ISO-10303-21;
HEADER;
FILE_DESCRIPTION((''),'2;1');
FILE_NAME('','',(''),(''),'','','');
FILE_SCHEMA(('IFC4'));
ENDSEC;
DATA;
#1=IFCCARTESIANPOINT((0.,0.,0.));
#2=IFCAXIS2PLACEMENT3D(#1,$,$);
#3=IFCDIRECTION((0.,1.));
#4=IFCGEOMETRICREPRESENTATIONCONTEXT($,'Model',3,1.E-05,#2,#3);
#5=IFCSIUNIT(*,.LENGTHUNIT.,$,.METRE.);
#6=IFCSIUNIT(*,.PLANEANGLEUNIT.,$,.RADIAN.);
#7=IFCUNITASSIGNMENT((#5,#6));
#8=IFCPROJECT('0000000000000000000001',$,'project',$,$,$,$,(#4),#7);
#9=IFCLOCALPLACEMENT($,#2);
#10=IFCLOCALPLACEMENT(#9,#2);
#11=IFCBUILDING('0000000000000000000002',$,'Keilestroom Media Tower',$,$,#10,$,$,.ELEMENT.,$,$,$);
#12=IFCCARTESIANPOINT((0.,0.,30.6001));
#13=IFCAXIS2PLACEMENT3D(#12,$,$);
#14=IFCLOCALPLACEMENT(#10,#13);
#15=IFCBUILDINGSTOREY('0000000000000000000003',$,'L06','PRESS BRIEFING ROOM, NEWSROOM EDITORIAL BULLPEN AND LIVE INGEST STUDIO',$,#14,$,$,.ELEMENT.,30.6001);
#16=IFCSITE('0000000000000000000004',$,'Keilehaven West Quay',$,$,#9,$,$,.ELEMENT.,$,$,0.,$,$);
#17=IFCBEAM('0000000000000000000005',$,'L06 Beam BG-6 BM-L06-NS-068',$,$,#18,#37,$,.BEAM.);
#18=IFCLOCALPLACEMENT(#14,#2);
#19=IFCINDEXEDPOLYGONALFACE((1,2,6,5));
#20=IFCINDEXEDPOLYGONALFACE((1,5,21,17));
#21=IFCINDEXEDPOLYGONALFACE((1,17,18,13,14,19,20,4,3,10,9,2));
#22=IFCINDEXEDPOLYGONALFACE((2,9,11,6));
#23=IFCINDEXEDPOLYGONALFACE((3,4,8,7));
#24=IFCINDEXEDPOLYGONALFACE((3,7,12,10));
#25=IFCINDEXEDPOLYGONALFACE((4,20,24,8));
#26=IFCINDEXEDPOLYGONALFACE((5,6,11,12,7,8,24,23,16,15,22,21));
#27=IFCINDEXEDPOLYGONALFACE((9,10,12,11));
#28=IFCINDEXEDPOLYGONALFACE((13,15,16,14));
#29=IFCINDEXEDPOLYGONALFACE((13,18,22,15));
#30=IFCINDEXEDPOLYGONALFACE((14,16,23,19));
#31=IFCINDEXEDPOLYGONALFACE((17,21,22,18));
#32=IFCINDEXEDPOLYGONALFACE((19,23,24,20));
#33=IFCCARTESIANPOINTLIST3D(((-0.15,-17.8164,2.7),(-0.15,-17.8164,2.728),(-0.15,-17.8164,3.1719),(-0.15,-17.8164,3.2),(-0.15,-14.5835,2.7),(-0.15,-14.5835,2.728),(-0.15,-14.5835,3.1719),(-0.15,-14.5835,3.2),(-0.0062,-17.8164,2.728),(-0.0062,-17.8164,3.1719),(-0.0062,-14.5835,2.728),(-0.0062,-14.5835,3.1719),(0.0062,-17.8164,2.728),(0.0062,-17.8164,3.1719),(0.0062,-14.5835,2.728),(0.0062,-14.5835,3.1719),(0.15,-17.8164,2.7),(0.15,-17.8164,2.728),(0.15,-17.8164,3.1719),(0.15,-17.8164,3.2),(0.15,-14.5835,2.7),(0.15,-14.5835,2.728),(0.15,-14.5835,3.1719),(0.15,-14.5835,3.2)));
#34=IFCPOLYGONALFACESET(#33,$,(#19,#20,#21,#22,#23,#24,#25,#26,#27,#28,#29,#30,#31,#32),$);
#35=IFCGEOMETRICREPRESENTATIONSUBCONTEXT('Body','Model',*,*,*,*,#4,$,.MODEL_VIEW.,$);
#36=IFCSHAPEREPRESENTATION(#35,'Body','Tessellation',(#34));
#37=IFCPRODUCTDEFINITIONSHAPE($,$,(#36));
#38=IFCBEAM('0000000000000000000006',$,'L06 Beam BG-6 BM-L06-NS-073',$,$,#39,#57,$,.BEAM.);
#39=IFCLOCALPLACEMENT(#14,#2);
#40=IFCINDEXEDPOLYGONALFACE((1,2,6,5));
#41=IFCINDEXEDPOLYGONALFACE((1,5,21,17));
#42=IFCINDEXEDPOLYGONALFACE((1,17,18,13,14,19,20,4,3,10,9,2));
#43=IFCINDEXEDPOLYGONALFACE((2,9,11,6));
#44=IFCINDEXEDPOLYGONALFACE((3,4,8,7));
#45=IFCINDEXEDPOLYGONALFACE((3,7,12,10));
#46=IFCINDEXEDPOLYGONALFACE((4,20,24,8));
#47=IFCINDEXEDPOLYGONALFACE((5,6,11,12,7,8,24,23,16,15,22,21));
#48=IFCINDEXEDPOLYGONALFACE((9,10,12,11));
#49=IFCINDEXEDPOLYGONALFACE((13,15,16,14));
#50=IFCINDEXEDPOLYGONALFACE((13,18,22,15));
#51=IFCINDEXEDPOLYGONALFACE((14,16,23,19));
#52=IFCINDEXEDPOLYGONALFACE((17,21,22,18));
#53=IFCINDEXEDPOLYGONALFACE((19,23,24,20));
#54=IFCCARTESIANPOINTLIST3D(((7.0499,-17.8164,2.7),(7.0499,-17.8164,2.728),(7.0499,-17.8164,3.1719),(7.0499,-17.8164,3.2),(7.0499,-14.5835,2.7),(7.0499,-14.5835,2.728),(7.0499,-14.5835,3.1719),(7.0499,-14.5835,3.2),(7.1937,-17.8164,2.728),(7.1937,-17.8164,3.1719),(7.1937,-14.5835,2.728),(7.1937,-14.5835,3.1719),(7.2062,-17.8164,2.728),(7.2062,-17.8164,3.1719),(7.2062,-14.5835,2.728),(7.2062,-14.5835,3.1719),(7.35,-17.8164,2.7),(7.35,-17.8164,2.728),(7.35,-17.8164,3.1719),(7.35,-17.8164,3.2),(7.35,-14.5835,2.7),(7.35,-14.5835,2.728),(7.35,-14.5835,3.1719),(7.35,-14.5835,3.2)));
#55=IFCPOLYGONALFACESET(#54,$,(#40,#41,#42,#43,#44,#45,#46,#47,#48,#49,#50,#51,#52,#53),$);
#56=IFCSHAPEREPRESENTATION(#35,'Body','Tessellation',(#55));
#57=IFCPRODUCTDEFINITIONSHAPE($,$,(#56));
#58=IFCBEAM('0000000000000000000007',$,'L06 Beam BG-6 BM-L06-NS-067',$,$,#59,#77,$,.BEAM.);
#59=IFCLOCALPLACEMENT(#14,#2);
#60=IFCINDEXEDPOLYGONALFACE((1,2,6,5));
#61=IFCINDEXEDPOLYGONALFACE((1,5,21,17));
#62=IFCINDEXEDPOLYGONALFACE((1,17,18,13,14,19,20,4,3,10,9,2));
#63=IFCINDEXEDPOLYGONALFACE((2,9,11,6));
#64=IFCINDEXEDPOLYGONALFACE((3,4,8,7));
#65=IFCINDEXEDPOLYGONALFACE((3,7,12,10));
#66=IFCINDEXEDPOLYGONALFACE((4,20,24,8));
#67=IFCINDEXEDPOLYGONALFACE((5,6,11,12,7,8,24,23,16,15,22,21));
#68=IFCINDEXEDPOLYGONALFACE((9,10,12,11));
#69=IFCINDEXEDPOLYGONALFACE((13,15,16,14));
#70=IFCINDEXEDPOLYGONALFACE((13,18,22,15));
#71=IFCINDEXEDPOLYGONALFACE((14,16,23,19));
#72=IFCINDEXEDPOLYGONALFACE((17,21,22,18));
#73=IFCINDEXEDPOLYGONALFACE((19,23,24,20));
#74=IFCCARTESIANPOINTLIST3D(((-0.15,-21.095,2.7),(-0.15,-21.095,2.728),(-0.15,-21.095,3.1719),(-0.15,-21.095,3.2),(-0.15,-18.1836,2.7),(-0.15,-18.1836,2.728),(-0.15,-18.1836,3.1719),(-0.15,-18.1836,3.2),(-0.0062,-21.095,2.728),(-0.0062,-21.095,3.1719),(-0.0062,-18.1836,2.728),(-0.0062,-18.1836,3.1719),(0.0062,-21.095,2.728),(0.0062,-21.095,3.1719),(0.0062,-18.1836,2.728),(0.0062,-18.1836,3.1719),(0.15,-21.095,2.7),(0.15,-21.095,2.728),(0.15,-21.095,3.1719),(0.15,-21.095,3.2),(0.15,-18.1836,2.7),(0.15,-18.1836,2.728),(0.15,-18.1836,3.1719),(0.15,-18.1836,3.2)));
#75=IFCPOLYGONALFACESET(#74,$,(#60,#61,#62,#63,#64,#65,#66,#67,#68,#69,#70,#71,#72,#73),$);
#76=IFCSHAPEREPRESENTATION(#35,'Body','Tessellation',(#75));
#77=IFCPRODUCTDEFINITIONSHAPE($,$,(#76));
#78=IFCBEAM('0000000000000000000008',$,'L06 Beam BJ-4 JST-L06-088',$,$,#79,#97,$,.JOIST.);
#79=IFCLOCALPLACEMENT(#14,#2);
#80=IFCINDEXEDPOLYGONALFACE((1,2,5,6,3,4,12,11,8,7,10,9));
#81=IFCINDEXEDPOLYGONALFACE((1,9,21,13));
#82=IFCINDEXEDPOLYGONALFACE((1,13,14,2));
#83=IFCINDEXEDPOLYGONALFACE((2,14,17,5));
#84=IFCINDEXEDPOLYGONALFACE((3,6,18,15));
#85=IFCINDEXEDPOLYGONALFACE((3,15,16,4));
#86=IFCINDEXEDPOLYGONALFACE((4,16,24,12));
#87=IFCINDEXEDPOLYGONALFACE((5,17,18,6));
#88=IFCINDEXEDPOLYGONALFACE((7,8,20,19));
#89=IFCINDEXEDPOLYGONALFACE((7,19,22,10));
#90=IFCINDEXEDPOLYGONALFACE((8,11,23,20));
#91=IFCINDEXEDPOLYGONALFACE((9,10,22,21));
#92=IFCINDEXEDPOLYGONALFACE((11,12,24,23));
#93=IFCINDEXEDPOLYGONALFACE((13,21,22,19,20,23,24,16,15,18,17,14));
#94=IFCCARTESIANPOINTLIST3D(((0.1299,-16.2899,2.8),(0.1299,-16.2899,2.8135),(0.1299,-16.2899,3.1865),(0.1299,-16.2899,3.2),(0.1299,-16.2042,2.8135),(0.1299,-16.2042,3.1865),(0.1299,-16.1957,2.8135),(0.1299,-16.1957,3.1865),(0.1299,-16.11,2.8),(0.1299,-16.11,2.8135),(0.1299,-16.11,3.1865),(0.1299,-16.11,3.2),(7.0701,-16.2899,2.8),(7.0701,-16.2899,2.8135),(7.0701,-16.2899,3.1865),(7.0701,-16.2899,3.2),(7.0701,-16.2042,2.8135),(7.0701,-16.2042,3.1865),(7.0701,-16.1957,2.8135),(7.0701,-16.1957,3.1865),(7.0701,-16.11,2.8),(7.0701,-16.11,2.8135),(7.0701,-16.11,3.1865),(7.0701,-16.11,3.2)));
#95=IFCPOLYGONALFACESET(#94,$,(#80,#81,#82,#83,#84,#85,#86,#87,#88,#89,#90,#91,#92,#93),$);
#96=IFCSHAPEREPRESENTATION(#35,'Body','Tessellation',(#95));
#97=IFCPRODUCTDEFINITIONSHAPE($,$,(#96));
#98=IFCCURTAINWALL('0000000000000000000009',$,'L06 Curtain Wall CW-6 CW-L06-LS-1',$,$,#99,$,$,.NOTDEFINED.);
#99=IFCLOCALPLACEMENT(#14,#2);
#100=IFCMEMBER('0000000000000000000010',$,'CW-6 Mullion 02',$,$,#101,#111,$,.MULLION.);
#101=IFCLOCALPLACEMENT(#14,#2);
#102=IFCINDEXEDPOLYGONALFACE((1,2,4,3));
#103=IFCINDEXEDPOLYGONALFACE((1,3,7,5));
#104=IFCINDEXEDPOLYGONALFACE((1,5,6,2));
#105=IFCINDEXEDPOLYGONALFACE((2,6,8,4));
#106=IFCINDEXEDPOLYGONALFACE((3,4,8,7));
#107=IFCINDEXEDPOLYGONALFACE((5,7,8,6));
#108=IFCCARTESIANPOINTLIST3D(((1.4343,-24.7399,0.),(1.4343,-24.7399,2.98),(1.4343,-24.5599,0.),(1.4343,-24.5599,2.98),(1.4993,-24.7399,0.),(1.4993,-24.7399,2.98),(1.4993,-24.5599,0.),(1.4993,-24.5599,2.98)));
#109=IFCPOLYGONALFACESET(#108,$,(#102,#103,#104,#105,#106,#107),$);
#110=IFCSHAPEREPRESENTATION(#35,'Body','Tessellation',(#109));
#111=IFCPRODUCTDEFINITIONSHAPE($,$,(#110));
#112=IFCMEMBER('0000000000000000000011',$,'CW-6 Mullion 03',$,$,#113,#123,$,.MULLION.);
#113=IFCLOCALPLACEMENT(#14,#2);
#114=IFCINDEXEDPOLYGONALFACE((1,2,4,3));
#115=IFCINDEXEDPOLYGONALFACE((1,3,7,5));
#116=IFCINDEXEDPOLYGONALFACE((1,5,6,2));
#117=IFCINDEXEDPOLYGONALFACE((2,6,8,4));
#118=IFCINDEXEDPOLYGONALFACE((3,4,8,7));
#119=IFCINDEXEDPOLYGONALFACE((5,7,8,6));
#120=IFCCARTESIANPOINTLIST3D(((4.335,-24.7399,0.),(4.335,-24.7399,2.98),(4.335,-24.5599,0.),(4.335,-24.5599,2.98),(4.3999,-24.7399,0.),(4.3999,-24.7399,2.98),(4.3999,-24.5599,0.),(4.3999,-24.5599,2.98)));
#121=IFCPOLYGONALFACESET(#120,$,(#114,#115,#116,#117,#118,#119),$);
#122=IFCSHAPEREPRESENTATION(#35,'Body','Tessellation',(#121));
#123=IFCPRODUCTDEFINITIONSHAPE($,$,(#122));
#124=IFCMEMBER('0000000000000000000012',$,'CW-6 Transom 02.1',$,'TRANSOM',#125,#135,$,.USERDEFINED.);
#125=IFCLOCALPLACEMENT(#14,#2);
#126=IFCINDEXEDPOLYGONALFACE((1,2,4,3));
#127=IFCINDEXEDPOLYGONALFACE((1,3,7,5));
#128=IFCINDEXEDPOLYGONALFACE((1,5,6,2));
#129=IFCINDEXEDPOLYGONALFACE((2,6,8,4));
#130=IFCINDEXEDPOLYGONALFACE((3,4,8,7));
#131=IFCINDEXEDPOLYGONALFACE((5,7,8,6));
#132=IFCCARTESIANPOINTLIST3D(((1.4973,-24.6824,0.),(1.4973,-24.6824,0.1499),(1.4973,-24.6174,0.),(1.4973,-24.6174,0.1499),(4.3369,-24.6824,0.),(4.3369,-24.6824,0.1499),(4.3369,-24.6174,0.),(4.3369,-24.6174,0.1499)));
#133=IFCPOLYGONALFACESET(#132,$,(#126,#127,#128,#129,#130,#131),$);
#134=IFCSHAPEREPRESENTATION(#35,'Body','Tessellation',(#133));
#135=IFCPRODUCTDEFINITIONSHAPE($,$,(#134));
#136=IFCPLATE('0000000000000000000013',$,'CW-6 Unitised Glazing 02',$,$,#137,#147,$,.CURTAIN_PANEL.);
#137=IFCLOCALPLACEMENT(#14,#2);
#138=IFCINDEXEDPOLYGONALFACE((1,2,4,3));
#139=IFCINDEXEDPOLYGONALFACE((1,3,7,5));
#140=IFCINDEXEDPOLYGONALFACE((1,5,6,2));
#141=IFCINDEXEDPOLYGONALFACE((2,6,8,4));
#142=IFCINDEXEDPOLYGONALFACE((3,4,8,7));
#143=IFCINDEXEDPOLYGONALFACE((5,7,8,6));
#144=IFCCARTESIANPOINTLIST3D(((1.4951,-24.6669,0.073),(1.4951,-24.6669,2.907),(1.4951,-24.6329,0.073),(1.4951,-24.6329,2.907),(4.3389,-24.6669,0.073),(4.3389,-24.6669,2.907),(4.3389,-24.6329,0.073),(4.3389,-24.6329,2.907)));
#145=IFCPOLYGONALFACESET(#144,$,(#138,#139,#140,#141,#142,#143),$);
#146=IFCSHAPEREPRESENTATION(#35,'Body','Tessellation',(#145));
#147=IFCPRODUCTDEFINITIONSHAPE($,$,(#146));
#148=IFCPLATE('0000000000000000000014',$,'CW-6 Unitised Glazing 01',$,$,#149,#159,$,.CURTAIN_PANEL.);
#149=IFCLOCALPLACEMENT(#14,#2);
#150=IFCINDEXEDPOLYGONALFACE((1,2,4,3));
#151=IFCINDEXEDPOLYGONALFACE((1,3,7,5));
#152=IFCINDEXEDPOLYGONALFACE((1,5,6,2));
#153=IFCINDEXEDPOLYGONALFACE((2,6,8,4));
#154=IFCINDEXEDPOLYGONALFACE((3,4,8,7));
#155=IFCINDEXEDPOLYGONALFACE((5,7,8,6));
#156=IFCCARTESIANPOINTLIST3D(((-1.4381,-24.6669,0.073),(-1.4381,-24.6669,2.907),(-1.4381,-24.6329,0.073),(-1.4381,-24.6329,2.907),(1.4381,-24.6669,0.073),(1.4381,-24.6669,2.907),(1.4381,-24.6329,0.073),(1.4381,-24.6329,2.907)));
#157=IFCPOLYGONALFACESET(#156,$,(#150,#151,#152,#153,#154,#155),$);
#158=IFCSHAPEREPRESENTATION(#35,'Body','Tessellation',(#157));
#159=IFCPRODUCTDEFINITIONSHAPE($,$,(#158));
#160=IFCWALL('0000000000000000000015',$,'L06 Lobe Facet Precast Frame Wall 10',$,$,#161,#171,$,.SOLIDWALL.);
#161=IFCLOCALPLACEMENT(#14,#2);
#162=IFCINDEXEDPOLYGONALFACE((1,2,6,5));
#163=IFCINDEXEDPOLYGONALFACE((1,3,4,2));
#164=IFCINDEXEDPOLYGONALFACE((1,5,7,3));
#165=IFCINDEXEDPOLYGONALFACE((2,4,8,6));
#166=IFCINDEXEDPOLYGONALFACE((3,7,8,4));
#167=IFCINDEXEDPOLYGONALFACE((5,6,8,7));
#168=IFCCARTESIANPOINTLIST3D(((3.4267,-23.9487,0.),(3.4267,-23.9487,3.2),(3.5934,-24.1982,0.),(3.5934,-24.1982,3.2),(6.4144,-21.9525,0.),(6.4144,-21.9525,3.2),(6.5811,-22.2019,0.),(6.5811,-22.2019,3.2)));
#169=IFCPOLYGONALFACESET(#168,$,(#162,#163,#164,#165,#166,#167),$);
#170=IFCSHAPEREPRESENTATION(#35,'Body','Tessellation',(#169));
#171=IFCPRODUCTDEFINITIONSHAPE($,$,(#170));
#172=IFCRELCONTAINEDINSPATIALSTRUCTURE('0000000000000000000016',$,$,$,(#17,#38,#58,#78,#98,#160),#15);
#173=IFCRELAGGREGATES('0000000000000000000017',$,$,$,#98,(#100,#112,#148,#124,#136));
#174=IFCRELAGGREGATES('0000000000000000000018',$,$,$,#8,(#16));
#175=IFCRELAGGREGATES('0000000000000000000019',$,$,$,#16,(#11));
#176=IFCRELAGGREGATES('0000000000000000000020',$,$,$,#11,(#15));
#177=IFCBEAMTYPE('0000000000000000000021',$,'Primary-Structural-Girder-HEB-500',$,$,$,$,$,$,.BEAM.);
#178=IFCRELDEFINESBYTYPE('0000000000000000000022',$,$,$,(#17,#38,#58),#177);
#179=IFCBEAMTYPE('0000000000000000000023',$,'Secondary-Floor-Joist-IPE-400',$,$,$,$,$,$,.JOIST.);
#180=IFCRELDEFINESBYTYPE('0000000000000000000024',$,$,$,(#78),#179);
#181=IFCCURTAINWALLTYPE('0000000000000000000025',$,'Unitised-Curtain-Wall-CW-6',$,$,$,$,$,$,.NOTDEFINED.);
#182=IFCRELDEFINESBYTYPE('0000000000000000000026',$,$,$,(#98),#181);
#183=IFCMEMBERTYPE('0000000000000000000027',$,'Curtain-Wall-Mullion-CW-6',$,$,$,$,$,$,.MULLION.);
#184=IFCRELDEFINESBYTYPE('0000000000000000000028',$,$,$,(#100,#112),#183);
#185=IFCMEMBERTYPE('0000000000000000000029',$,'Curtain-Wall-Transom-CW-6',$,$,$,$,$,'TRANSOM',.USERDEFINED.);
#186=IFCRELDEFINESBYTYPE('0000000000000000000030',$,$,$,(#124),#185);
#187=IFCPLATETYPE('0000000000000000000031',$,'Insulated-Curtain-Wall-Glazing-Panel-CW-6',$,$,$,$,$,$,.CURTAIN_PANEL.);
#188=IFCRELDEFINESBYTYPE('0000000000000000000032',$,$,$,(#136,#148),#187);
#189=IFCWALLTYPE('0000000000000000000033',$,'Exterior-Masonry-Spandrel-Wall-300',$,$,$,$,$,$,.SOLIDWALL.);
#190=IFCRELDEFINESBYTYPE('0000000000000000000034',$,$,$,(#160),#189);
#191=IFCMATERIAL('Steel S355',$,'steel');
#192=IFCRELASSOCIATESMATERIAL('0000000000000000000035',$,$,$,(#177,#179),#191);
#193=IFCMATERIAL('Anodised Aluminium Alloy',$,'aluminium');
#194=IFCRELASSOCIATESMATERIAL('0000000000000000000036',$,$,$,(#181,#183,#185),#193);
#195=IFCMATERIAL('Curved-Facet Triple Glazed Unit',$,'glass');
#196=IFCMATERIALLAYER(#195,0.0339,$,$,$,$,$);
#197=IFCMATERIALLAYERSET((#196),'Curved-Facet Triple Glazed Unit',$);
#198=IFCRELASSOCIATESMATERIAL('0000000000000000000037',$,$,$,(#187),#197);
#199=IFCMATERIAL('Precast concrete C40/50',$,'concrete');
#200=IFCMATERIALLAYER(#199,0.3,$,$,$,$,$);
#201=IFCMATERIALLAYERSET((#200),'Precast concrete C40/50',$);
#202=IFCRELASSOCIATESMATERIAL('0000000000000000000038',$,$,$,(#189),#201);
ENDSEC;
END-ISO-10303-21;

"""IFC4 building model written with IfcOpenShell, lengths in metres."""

from ifc_helpers import new_model, si_unit, direction, frame, frame_2d, origin, origin_2d, place, context, subcontext, project, spatial, rectangle, i_section, extrude, source, transform, mapped, material, layer, layer_set, material_profile, profile_set, type_object, element, aggregate, save


model = new_model("IFC4")

# Units and contexts
model_context = context("Model", 3, precision=1e-05, world=origin(), true_north=direction((0.0, 1.0)))
body_context = subcontext(model_context, "Body", "Model", "MODEL_VIEW")
ifc_project = project(units=[si_unit("LENGTHUNIT", "METRE"), si_unit("PLANEANGLEUNIT", "RADIAN")], contexts=[model_context])

# Site, building, storey
site_placement = place(None, origin())
site = spatial("IfcSite", under=ifc_project, at=site_placement, Name="Keilehaven West Quay", CompositionType="ELEMENT", RefElevation=0.0)
building_placement = place(site_placement, origin())
building = spatial("IfcBuilding", under=site, at=building_placement, Name="Keilestroom Media Tower", CompositionType="ELEMENT")
storey_placement = place(building_placement, frame((0.0, 0.0, 30.6001)))
storey = spatial("IfcBuildingStorey", under=building, at=storey_placement, Name="L06", Description="PRESS BRIEFING ROOM, NEWSROOM EDITORIAL BULLPEN AND LIVE INGEST STUDIO", CompositionType="ELEMENT", Elevation=30.6001)

# Beams
ifc_material_1 = material(Name="Steel S355", Category="steel")
ifc_material_profile_1 = material_profile(ifc_material_1, i_section(OverallWidth=0.3, OverallDepth=0.5, WebThickness=0.0125, FlangeThickness=0.0281, at=origin_2d()), Name="HEB 500")
ifc_profile_set_1 = profile_set([ifc_material_profile_1], Name="Steel S355")
beam_type_1 = type_object("IfcBeamType", Name="Primary-Structural-Girder-HEB-500", PredefinedType="BEAM", material=ifc_profile_set_1)
shared_shape_1 = source(origin(), body_context, "Body", "SweptSolid", [
    extrude(i_section(OverallWidth=0.3, OverallDepth=0.5, WebThickness=0.0125, FlangeThickness=0.0281, at=origin_2d()), origin(), (0.0, 0.0, 1.0), 3.2329),
])
for number, where, z_axis, x_axis, name in (
    (1, (0.0, -17.8164, 2.95), (0.0, 1.0, 0.0), (-1.0, 0.0, 0.0), "L06 Beam BG-6 BM-L06-NS-068"),
    (2, (7.2, -17.8164, 2.95), (0.0, 1.0, 0.0), (-1.0, 0.0, 0.0), "L06 Beam BG-6 BM-L06-NS-073"),
):
    element("IfcBeam", number, at=place(storey_placement, frame(where, z_axis=z_axis, x_axis=x_axis)), inside=storey, type_object=beam_type_1, Name=name, PredefinedType="BEAM", context=body_context, shape_type="MappedRepresentation", body=[
        mapped(shared_shape_1, transform((0.0, 0.0, 0.0), x_axis=(1.0, 0.0, 0.0), y_axis=(0.0, 1.0, 0.0), z_axis=(0.0, 0.0, 1.0), scale=1.0)),
    ])
shared_shape_2 = source(origin(), body_context, "Body", "SweptSolid", [
    extrude(i_section(OverallWidth=0.3, OverallDepth=0.5, WebThickness=0.0125, FlangeThickness=0.0281, at=origin_2d()), origin(), (0.0, 0.0, 1.0), 2.9114),
])
beam_1_placement = place(storey_placement, frame((0.0, -21.095, 2.95), z_axis=(0.0, 1.0, 0.0), x_axis=(-1.0, 0.0, 0.0)))
element("IfcBeam", 3, at=beam_1_placement, inside=storey, type_object=beam_type_1, Name="L06 Beam BG-6 BM-L06-NS-067", PredefinedType="BEAM", context=body_context, shape_type="MappedRepresentation", body=[
    mapped(shared_shape_2, transform((0.0, 0.0, 0.0), x_axis=(1.0, 0.0, 0.0), y_axis=(0.0, 1.0, 0.0), z_axis=(0.0, 0.0, 1.0), scale=1.0)),
])
ifc_material_profile_2 = material_profile(ifc_material_1, i_section(OverallWidth=0.1799, OverallDepth=0.3999, WebThickness=0.0085, FlangeThickness=0.0134, at=origin_2d()), Name="IPE 400")
ifc_profile_set_2 = profile_set([ifc_material_profile_2], Name="Steel S355")
beam_type_2 = type_object("IfcBeamType", Name="Secondary-Floor-Joist-IPE-400", PredefinedType="JOIST", material=ifc_profile_set_2)
shared_shape_3 = source(origin(), body_context, "Body", "SweptSolid", [
    extrude(i_section(OverallWidth=0.1799, OverallDepth=0.3999, WebThickness=0.0085, FlangeThickness=0.0134, at=origin_2d()), origin(), (0.0, 0.0, 1.0), 6.9402),
])
beam_2_placement = place(storey_placement, frame((0.1299, -16.2, 3.0), z_axis=(1.0, 0.0, 0.0), x_axis=(0.0, 1.0, 0.0)))
element("IfcBeam", 4, at=beam_2_placement, inside=storey, type_object=beam_type_2, Name="L06 Beam BJ-4 JST-L06-088", PredefinedType="JOIST", context=body_context, shape_type="MappedRepresentation", body=[
    mapped(shared_shape_3, transform((0.0, 0.0, 0.0), x_axis=(1.0, 0.0, 0.0), y_axis=(0.0, 1.0, 0.0), z_axis=(0.0, 0.0, 1.0), scale=1.0)),
])

# Curtain wall, members, plates
ifc_material_2 = material(Name="Anodised Aluminium Alloy", Category="aluminium")
curtain_wall_type = type_object("IfcCurtainWallType", Name="Unitised-Curtain-Wall-CW-6", PredefinedType="NOTDEFINED", material=ifc_material_2)
curtain_wall_placement = place(storey_placement, origin())
curtain_wall = element("IfcCurtainWall", 5, at=curtain_wall_placement, inside=storey, type_object=curtain_wall_type, Name="L06 Curtain Wall CW-6 CW-L06-LS-1", PredefinedType="NOTDEFINED")
ifc_material_profile_3 = material_profile(ifc_material_2, rectangle(XDim=0.0649, YDim=0.1799, at=origin_2d()), Name="ALU MULLION 65x180")
ifc_profile_set_3 = profile_set([ifc_material_profile_3], Name="Anodised Aluminium Alloy")
member_type_1 = type_object("IfcMemberType", Name="Curtain-Wall-Mullion-CW-6", PredefinedType="MULLION", material=ifc_profile_set_3)
shared_shape_4 = source(origin(), body_context, "Body", "SweptSolid", [
    extrude(rectangle(XDim=0.0649, YDim=0.1799, at=origin_2d()), origin(), (0.0, 0.0, 1.0), 2.98),
])
member_1_placement = place(storey_placement, frame((1.4668, -24.6499, 0.0), z_axis=(0.0, 0.0, 1.0), x_axis=(1.0, 0.0, 0.0)))
member_1 = element("IfcMember", 6, at=member_1_placement, type_object=member_type_1, Name="CW-6 Mullion 02", PredefinedType="MULLION", context=body_context, shape_type="MappedRepresentation", body=[
    mapped(shared_shape_4, transform((0.0, 0.0, 0.0), x_axis=(1.0, 0.0, 0.0), y_axis=(0.0, 1.0, 0.0), z_axis=(0.0, 0.0, 1.0), scale=1.0)),
])
member_2_placement = place(storey_placement, frame((4.3674, -24.6499, 0.0), z_axis=(0.0, 0.0, 1.0), x_axis=(1.0, 0.0, 0.0)))
member_2 = element("IfcMember", 7, at=member_2_placement, type_object=member_type_1, Name="CW-6 Mullion 03", PredefinedType="MULLION", context=body_context, shape_type="MappedRepresentation", body=[
    mapped(shared_shape_4, transform((0.0, 0.0, 0.0), x_axis=(1.0, 0.0, 0.0), y_axis=(0.0, 1.0, 0.0), z_axis=(0.0, 0.0, 1.0), scale=1.0)),
])
ifc_material_profile_4 = material_profile(ifc_material_2, rectangle(XDim=0.0649, YDim=0.1499, at=origin_2d()), Name="ALU TRANSOM 65x150")
ifc_profile_set_4 = profile_set([ifc_material_profile_4], Name="Anodised Aluminium Alloy")
member_type_2 = type_object("IfcMemberType", Name="Curtain-Wall-Transom-CW-6", ElementType="TRANSOM", PredefinedType="USERDEFINED", material=ifc_profile_set_4)
shared_shape_5 = source(origin(), body_context, "Body", "SweptSolid", [
    extrude(rectangle(XDim=0.0649, YDim=0.1499, at=origin_2d()), origin(), (0.0, 0.0, 1.0), 2.8396),
])
member_3_placement = place(storey_placement, frame((1.4973, -24.6499, 0.075), z_axis=(1.0, 0.0, 0.0), x_axis=(0.0, 1.0, 0.0)))
member_3 = element("IfcMember", 8, at=member_3_placement, type_object=member_type_2, Name="CW-6 Transom 02.1", ObjectType="TRANSOM", PredefinedType="USERDEFINED", context=body_context, shape_type="MappedRepresentation", body=[
    mapped(shared_shape_5, transform((0.0, 0.0, 0.0), x_axis=(1.0, 0.0, 0.0), y_axis=(0.0, 1.0, 0.0), z_axis=(0.0, 0.0, 1.0), scale=1.0)),
])
ifc_material_3 = material(Name="Curved-Facet Triple Glazed Unit", Category="glass")
ifc_layer_1 = layer(ifc_material_3, 0.0339)
ifc_layer_set_1 = layer_set([ifc_layer_1], Name="Curved-Facet Triple Glazed Unit")
plate_type = type_object("IfcPlateType", Name="Insulated-Curtain-Wall-Glazing-Panel-CW-6", PredefinedType="CURTAIN_PANEL", material=ifc_layer_set_1)
shared_shape_6 = source(origin(), body_context, "Body", "SweptSolid", [
    extrude(rectangle(XDim=2.8438, YDim=0.0339, at=origin_2d()), origin(), (0.0, 0.0, 1.0), 2.834),
])
plate_1_placement = place(storey_placement, frame((2.917, -24.6499, 0.073), z_axis=(0.0, 0.0, 1.0), x_axis=(1.0, 0.0, 0.0)))
plate_1 = element("IfcPlate", 9, at=plate_1_placement, type_object=plate_type, Name="CW-6 Unitised Glazing 02", PredefinedType="CURTAIN_PANEL", context=body_context, shape_type="MappedRepresentation", body=[
    mapped(shared_shape_6, transform((0.0, 0.0, 0.0), x_axis=(1.0, 0.0, 0.0), y_axis=(0.0, 1.0, 0.0), z_axis=(0.0, 0.0, 1.0), scale=1.0)),
])
shared_shape_7 = source(origin(), body_context, "Body", "SweptSolid", [
    extrude(rectangle(XDim=2.8762, YDim=0.0339, at=origin_2d()), origin(), (0.0, 0.0, 1.0), 2.834),
])
plate_2_placement = place(storey_placement, frame((0.0, -24.6499, 0.073), z_axis=(0.0, 0.0, 1.0), x_axis=(1.0, 0.0, 0.0)))
plate_2 = element("IfcPlate", 10, at=plate_2_placement, type_object=plate_type, Name="CW-6 Unitised Glazing 01", PredefinedType="CURTAIN_PANEL", context=body_context, shape_type="MappedRepresentation", body=[
    mapped(shared_shape_7, transform((0.0, 0.0, 0.0), x_axis=(1.0, 0.0, 0.0), y_axis=(0.0, 1.0, 0.0), z_axis=(0.0, 0.0, 1.0), scale=1.0)),
])
aggregate(curtain_wall, [member_1, member_2, plate_2, member_3, plate_1])

# Wall
ifc_material_4 = material(Name="Precast concrete C40/50", Category="concrete")
ifc_layer_2 = layer(ifc_material_4, 0.3)
ifc_layer_set_2 = layer_set([ifc_layer_2], Name="Precast concrete C40/50")
wall_type_1 = type_object("IfcWallType", Name="Exterior-Masonry-Spandrel-Wall-300", PredefinedType="SOLIDWALL", material=ifc_layer_set_2)
wall_1_placement = place(storey_placement, frame((3.51, -24.0735, 0.0), z_axis=(0.0, 0.0, 1.0), x_axis=(0.831475, 0.555562, 0.0)))
element("IfcWall", 11, at=wall_1_placement, inside=storey, type_object=wall_type_1, Name="L06 Lobe Facet Precast Frame Wall 10", PredefinedType="SOLIDWALL", context=body_context, shape_type="SweptSolid", body=[
    extrude(rectangle(XDim=3.5933, YDim=0.3, at=frame_2d((1.7966, 0.0))), origin(), (0.0, 0.0, 1.0), 3.2),
])

save(model, "model.ifc")
